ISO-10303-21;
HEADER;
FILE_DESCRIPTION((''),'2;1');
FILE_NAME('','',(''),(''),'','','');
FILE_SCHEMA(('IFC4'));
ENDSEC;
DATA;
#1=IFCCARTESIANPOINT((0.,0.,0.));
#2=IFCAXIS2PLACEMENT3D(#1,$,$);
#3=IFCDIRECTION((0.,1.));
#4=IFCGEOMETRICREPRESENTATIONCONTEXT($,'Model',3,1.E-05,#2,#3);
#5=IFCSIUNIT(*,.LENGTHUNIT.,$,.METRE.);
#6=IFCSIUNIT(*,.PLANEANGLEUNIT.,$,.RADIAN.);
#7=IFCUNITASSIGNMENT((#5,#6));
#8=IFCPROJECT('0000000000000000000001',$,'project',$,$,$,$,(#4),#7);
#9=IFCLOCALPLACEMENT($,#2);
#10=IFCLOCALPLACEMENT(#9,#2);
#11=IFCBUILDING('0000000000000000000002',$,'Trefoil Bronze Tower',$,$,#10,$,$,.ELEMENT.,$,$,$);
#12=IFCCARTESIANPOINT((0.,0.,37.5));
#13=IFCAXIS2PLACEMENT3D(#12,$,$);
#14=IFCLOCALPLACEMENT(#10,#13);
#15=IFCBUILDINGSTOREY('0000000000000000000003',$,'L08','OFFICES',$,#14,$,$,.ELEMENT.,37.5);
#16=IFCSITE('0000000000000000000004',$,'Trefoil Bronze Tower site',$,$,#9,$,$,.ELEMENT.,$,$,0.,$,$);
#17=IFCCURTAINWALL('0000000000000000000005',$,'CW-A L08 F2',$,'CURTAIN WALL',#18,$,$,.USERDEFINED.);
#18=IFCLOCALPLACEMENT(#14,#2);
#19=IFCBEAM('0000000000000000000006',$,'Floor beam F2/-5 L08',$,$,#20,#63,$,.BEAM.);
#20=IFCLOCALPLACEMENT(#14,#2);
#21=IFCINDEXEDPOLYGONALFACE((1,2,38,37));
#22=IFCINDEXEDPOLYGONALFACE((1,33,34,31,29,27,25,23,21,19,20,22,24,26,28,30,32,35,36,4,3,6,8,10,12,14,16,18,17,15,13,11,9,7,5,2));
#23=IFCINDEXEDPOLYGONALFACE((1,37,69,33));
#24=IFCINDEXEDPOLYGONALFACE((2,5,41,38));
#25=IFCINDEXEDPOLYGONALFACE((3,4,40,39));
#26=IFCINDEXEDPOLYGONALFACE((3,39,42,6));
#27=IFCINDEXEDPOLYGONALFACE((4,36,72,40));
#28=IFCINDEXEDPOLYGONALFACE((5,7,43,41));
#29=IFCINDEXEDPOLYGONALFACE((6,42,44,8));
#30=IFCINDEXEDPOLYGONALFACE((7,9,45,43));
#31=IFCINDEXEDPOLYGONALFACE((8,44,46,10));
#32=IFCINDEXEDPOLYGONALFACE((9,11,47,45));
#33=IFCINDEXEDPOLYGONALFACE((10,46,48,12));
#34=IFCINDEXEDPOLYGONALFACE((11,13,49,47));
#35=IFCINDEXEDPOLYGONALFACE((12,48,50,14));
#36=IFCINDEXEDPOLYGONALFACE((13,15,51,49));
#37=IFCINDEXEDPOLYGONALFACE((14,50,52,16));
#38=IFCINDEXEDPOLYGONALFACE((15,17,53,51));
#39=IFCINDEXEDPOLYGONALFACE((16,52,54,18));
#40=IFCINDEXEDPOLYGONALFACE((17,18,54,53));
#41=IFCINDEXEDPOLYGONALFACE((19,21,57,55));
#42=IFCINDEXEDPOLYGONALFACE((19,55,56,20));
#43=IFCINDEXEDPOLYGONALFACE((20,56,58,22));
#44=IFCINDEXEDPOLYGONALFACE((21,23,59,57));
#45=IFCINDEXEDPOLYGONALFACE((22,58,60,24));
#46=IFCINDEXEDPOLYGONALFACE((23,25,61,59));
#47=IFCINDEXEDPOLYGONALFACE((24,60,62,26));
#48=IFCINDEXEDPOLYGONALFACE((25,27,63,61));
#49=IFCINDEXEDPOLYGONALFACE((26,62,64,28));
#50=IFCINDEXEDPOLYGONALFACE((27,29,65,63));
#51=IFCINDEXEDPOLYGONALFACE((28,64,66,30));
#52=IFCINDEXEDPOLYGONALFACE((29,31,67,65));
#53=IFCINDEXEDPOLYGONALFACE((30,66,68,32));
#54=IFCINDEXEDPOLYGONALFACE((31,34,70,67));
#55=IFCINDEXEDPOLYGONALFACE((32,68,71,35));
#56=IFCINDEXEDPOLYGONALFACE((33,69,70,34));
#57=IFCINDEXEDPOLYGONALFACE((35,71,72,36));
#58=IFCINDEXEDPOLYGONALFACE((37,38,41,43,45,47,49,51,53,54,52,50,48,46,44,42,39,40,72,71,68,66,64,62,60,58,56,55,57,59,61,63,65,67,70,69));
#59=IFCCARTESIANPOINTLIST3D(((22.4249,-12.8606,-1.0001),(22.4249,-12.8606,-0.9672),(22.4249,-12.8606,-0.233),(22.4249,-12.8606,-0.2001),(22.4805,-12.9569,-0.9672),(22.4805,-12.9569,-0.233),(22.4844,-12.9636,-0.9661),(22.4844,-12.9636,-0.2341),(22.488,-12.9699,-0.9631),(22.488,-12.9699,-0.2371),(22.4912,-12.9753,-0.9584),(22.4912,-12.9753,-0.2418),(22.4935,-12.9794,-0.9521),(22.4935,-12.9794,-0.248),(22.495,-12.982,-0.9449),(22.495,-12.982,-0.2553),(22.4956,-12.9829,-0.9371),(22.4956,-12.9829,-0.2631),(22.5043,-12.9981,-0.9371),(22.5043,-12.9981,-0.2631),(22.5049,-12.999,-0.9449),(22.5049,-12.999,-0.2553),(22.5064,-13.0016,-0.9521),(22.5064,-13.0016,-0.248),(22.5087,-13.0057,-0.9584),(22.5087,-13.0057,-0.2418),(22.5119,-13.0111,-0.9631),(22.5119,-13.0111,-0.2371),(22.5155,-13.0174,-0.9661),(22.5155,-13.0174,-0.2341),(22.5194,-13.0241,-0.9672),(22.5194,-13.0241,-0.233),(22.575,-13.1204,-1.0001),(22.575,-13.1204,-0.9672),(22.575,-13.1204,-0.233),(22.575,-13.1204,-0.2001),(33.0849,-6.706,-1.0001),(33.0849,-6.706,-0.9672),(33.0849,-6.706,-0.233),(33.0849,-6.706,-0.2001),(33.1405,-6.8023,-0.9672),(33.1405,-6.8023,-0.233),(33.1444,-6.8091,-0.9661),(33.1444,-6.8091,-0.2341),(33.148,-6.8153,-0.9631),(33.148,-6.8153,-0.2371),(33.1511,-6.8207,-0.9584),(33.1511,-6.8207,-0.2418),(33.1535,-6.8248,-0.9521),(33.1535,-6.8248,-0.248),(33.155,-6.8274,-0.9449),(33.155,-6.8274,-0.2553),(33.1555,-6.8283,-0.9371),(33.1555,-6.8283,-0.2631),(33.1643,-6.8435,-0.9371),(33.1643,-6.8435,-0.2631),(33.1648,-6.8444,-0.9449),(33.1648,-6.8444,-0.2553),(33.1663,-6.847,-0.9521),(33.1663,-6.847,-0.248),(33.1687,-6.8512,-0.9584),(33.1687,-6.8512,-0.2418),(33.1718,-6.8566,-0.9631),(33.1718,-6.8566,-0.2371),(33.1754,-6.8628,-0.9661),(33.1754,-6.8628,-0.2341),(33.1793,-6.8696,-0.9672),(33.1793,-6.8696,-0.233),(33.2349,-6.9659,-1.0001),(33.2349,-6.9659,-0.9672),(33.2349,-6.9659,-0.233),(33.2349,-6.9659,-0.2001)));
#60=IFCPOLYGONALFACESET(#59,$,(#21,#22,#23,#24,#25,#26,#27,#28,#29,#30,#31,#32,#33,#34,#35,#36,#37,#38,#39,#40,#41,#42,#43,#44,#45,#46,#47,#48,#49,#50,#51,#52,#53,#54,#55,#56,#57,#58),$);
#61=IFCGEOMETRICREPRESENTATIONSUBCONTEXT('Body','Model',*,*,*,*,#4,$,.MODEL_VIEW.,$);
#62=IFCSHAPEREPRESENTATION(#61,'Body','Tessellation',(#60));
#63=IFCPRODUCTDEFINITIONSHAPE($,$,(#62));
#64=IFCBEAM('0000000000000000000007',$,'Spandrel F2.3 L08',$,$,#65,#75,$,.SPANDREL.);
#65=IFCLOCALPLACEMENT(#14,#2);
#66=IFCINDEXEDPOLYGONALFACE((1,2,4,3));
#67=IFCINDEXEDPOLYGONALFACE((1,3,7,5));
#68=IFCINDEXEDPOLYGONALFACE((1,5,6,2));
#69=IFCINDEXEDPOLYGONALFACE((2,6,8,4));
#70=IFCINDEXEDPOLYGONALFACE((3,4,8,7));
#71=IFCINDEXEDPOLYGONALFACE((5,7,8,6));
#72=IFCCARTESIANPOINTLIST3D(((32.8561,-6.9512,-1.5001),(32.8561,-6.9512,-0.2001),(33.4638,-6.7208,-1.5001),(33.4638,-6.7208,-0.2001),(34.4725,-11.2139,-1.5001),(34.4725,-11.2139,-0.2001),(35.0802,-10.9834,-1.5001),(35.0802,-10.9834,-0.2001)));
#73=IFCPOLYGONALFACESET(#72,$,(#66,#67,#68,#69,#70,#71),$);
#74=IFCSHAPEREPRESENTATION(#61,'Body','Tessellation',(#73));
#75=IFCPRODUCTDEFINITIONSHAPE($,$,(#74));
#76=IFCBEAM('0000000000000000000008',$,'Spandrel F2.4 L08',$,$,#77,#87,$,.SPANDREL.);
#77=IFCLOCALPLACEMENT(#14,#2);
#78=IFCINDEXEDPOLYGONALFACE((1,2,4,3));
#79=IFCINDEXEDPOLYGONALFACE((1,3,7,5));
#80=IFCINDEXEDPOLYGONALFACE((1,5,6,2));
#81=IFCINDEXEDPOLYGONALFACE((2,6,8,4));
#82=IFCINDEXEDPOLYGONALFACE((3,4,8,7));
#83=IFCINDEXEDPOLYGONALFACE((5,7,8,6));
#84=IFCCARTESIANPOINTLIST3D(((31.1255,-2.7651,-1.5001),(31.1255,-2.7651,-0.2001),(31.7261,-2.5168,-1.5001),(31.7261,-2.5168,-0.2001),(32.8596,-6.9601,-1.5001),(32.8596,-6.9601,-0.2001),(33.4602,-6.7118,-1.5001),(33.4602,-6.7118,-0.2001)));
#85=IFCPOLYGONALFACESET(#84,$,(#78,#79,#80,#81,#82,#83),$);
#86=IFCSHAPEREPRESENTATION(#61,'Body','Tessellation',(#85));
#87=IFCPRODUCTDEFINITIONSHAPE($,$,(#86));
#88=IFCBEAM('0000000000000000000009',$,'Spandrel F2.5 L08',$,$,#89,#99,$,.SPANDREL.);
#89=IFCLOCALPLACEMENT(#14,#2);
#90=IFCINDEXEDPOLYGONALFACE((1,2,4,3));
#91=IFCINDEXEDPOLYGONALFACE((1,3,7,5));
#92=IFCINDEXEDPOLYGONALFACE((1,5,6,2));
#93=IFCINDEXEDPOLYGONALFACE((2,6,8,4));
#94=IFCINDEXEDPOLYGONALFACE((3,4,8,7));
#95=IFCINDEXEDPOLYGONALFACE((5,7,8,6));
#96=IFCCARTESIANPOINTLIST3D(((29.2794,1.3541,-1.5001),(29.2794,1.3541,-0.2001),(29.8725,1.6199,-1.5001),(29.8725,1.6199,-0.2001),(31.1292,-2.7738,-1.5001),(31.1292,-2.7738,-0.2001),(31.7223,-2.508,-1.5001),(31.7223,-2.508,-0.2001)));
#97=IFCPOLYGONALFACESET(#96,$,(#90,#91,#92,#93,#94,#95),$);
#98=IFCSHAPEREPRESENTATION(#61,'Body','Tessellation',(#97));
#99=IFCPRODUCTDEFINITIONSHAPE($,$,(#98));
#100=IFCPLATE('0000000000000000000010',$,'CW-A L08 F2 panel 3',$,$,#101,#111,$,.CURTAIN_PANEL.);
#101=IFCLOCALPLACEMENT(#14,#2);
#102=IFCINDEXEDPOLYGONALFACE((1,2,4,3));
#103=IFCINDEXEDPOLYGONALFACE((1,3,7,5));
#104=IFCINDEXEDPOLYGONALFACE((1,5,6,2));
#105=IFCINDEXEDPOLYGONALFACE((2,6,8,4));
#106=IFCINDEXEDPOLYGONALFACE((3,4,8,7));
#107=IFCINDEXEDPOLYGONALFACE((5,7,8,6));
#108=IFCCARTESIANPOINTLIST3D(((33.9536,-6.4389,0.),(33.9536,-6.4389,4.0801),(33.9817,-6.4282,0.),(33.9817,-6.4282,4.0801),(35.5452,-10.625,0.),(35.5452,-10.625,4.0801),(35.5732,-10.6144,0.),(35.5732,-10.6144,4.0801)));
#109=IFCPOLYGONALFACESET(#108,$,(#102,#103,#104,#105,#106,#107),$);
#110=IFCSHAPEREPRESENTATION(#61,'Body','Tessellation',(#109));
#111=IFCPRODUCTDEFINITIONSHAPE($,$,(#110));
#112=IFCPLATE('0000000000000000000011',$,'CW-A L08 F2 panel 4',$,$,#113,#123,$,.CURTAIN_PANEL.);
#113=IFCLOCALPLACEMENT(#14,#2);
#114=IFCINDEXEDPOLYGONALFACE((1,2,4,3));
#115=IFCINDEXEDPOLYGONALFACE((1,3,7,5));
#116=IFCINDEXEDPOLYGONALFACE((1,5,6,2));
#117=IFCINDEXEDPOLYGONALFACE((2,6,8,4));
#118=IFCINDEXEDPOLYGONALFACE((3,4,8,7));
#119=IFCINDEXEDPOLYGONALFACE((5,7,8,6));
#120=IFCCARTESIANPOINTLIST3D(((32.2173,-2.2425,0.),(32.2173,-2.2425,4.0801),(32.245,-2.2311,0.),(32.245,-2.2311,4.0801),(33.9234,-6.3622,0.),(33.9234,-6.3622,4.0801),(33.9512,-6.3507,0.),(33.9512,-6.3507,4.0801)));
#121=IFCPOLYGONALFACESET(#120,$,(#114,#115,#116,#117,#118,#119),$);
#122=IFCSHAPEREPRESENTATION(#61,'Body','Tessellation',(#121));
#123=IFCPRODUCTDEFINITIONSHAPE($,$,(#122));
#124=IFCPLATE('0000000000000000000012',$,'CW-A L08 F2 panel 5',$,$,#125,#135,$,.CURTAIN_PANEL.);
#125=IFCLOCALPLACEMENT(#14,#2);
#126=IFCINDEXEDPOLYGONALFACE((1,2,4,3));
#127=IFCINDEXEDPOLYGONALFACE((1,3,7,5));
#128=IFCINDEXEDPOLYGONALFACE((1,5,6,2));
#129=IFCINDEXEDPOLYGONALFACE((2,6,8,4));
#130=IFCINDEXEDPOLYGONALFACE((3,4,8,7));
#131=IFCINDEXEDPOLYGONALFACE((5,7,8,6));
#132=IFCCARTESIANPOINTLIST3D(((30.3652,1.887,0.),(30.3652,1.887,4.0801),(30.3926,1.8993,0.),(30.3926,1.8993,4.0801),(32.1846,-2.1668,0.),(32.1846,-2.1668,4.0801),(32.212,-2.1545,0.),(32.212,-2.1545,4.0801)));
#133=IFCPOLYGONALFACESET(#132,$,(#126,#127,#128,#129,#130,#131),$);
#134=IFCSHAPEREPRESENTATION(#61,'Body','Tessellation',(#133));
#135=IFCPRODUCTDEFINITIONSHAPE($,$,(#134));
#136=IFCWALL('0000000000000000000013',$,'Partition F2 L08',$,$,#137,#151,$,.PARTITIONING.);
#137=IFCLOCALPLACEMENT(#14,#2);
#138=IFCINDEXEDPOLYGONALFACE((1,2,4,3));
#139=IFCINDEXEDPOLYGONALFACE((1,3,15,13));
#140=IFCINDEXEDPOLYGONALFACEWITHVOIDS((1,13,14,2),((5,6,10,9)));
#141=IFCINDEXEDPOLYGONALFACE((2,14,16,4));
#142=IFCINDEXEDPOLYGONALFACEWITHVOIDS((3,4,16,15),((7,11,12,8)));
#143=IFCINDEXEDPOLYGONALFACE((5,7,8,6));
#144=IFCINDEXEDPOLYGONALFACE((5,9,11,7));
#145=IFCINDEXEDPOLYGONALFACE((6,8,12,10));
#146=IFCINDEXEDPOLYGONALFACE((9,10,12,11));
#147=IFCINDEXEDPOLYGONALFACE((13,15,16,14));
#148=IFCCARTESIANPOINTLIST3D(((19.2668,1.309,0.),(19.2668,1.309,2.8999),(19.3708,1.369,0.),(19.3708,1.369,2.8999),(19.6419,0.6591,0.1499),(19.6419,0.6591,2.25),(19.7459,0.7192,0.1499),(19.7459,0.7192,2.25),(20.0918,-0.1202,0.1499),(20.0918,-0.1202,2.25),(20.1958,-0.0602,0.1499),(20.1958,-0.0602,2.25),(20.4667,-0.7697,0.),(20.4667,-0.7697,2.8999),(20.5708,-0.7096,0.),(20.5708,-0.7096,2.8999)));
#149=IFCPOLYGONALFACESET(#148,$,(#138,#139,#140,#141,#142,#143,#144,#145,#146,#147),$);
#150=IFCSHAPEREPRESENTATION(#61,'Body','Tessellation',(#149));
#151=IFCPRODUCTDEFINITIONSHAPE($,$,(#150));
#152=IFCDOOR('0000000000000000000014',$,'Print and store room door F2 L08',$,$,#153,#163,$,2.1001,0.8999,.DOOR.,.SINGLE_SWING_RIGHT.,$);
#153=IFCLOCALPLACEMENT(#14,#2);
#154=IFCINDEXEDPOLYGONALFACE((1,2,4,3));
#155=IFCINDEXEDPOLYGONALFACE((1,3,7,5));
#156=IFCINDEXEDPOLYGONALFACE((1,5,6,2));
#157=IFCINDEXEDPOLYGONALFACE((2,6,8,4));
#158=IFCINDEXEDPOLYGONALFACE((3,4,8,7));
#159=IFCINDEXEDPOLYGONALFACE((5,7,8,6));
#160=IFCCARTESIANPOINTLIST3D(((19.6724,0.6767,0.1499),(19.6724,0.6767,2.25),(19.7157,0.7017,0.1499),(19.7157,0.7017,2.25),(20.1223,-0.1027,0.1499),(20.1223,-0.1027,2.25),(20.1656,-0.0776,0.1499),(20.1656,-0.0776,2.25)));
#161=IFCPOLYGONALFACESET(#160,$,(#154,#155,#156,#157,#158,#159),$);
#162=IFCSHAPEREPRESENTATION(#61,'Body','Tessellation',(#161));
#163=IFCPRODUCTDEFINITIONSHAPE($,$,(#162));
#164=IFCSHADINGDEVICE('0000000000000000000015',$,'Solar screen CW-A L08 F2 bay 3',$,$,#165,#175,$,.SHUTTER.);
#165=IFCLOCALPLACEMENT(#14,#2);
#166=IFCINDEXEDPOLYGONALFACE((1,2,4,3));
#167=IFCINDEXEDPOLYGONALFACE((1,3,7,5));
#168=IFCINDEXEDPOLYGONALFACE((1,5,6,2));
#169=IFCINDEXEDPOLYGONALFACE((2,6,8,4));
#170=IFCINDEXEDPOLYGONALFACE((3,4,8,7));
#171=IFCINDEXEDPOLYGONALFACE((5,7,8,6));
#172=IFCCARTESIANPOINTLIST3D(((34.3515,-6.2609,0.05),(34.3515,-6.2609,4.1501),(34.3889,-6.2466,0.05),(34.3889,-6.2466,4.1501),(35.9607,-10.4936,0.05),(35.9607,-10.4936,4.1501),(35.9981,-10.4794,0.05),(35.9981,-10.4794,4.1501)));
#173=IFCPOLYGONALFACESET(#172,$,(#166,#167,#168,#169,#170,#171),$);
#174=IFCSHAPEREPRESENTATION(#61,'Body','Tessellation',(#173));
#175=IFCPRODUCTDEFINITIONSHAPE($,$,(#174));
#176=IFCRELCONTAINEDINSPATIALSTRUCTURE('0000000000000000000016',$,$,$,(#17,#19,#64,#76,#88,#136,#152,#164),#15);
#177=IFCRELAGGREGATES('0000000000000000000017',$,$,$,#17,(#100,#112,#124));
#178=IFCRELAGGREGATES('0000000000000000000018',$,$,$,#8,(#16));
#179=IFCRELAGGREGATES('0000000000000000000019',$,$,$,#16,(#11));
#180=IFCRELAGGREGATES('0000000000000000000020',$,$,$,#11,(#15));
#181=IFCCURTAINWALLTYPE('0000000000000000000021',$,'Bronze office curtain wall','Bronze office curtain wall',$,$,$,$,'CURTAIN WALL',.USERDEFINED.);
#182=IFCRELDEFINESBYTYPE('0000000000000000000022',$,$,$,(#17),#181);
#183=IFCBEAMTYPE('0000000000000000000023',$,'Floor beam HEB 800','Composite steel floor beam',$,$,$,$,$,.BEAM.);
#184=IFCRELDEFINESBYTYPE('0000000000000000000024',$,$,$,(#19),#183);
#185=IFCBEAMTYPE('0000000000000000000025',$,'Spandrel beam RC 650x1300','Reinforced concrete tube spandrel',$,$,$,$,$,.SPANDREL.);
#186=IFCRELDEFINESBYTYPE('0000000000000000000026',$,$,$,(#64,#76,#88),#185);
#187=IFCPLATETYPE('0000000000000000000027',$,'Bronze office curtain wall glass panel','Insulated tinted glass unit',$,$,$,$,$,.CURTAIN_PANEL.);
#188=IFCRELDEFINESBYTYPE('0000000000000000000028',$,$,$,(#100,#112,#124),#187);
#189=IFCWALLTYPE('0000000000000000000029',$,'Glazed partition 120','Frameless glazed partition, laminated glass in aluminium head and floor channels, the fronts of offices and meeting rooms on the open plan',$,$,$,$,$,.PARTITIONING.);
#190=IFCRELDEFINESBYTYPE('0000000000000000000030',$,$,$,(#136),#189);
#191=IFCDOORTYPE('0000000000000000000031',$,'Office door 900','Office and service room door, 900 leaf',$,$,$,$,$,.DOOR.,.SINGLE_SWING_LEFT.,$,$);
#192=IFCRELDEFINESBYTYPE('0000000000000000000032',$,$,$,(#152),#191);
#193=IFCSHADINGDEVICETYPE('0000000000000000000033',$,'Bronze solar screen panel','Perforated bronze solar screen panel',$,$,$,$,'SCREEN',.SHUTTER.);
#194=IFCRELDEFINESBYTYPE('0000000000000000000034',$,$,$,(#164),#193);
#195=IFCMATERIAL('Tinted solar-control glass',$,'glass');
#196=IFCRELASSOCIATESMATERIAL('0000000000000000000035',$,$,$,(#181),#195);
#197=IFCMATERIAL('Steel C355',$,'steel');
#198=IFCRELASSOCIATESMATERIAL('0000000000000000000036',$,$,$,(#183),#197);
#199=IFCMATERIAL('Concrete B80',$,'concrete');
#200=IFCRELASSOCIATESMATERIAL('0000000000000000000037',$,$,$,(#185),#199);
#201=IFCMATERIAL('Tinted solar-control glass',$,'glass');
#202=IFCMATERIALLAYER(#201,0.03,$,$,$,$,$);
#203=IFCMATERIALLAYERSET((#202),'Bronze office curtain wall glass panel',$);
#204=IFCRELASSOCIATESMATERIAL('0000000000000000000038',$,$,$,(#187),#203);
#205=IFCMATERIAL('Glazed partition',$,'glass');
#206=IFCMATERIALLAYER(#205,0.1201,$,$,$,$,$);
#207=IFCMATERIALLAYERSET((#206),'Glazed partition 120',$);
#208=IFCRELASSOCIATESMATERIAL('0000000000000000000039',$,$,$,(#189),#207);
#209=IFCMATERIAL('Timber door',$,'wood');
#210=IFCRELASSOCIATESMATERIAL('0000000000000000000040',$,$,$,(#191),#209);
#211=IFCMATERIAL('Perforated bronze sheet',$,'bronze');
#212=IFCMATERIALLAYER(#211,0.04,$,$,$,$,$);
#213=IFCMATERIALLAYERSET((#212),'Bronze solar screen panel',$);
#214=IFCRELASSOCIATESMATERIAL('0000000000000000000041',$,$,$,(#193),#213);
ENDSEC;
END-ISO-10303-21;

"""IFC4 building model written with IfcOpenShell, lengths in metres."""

from ifc_helpers import new_model, si_unit, direction, frame, frame_2d, origin, origin_2d, place, context, subcontext, project, spatial, rectangle, i_section, extrude, material, layer, layer_set, material_profile, profile_set, type_object, element, fill, aggregate, save


model = new_model("IFC4")

# Units and contexts
model_context = context("Model", 3, precision=1e-05, world=origin(), true_north=direction((0.0, 1.0)))
body_context = subcontext(model_context, "Body", "Model", "MODEL_VIEW")
ifc_project = project(units=[si_unit("LENGTHUNIT", "METRE"), si_unit("PLANEANGLEUNIT", "RADIAN")], contexts=[model_context])

# Site, building, storey
site_placement = place(None, origin())
site = spatial("IfcSite", under=ifc_project, at=site_placement, Name="Trefoil Bronze Tower site", CompositionType="ELEMENT", RefElevation=0.0)
building_placement = place(site_placement, origin())
building = spatial("IfcBuilding", under=site, at=building_placement, Name="Trefoil Bronze Tower", CompositionType="ELEMENT")
storey_placement = place(building_placement, frame((0.0, 0.0, 37.5)))
storey = spatial("IfcBuildingStorey", under=building, at=storey_placement, Name="L08", Description="OFFICES", CompositionType="ELEMENT", Elevation=37.5)

# Curtain wall
ifc_material_1 = material(Name="Tinted solar-control glass", Category="glass")
curtain_wall_type = type_object("IfcCurtainWallType", Name="Bronze office curtain wall", Description="Bronze office curtain wall", ElementType="CURTAIN WALL", PredefinedType="USERDEFINED", material=ifc_material_1)
curtain_wall_placement = place(storey_placement, origin())
curtain_wall = element("IfcCurtainWall", 1, at=curtain_wall_placement, inside=storey, type_object=curtain_wall_type, Name="CW-A L08 F2", ObjectType="CURTAIN WALL", PredefinedType="USERDEFINED")

# Beams
ifc_material_2 = material(Name="Steel C355", Category="steel")
ifc_material_profile_1 = material_profile(ifc_material_2, i_section(OverallWidth=0.3, OverallDepth=0.8, WebThickness=0.0176, FlangeThickness=0.033, FilletRadius=0.03, at=origin_2d()), Name="HEB 800")
ifc_profile_set_1 = profile_set([ifc_material_profile_1], Name="Steel C355")
beam_type_1 = type_object("IfcBeamType", Name="Floor beam HEB 800", Description="Composite steel floor beam", PredefinedType="BEAM", material=ifc_profile_set_1)
beam_1_placement = place(storey_placement, frame((33.1599, -6.8359, -0.6001), z_axis=(-0.866024, -0.500002, 0.0), x_axis=(0.500002, -0.866024, 0.0)))
element("IfcBeam", 2, at=beam_1_placement, inside=storey, type_object=beam_type_1, Name="Floor beam F2/-5 L08", PredefinedType="BEAM", context=body_context, shape_type="SweptSolid", body=[
    extrude(i_section(OverallWidth=0.3, OverallDepth=0.8, WebThickness=0.0176, FlangeThickness=0.033, FilletRadius=0.03, at=origin_2d()), origin(), (0.0, 0.0, 1.0), 12.3091),
])
ifc_material_3 = material(Name="Concrete B80", Category="concrete")
ifc_material_profile_2 = material_profile(ifc_material_3, rectangle(XDim=0.6499, YDim=1.3, at=origin_2d()), Name="RC 650x1300")
ifc_profile_set_2 = profile_set([ifc_material_profile_2], Name="Concrete B80")
beam_type_2 = type_object("IfcBeamType", Name="Spandrel beam RC 650x1300", Description="Reinforced concrete tube spandrel", PredefinedType="SPANDREL", material=ifc_profile_set_2)
beam_2_placement = place(storey_placement, frame((34.7764, -11.0986, -0.8501), z_axis=(-0.354572, 0.935029, 0.0), x_axis=(-0.935029, -0.354572, 0.0)))
element("IfcBeam", 3, at=beam_2_placement, inside=storey, type_object=beam_type_2, Name="Spandrel F2.3 L08", PredefinedType="SPANDREL", context=body_context, shape_type="SweptSolid", body=[
    extrude(rectangle(XDim=0.6499, YDim=1.3, at=origin_2d()), origin(), (0.0, 0.0, 1.0), 4.5588),
])
beam_3_placement = place(storey_placement, frame((33.1599, -6.8359, -0.8501), z_axis=(-0.382021, 0.924154, 0.0), x_axis=(-0.924154, -0.382021, 0.0)))
element("IfcBeam", 4, at=beam_3_placement, inside=storey, type_object=beam_type_2, Name="Spandrel F2.4 L08", PredefinedType="SPANDREL", context=body_context, shape_type="SweptSolid", body=[
    extrude(rectangle(XDim=0.6499, YDim=1.3, at=origin_2d()), origin(), (0.0, 0.0, 1.0), 4.5393),
])
beam_4_placement = place(storey_placement, frame((31.4258, -2.6409, -0.8501), z_axis=(-0.408946, 0.912559, 0.0), x_axis=(-0.912559, -0.408946, 0.0)))
element("IfcBeam", 5, at=beam_4_placement, inside=storey, type_object=beam_type_2, Name="Spandrel F2.5 L08", PredefinedType="SPANDREL", context=body_context, shape_type="SweptSolid", body=[
    extrude(rectangle(XDim=0.6499, YDim=1.3, at=origin_2d()), origin(), (0.0, 0.0, 1.0), 4.5234),
])

# Plates
ifc_material_4 = material(Name="Tinted solar-control glass", Category="glass")
ifc_layer_1 = layer(ifc_material_4, 0.03)
ifc_layer_set_1 = layer_set([ifc_layer_1], Name="Bronze office curtain wall glass panel")
plate_type = type_object("IfcPlateType", Name="Bronze office curtain wall glass panel", Description="Insulated tinted glass unit", PredefinedType="CURTAIN_PANEL", material=ifc_layer_set_1)
plate_1_placement = place(storey_placement, frame((34.7634, -8.5266, 0.0), z_axis=(0.0, 0.0, 1.0), x_axis=(-0.355371, 0.934725, 0.0)))
plate_1 = element("IfcPlate", 6, at=plate_1_placement, type_object=plate_type, Name="CW-A L08 F2 panel 3", PredefinedType="CURTAIN_PANEL", context=body_context, shape_type="SweptSolid", body=[
    extrude(rectangle(XDim=4.4785, YDim=0.03, at=origin_2d()), origin(), (0.0, 0.0, 1.0), 4.0801),
])
plate_2_placement = place(storey_placement, frame((33.0842, -4.2966, 0.0), z_axis=(0.0, 0.0, 1.0), x_axis=(-0.38263, 0.923902, 0.0)))
plate_2 = element("IfcPlate", 7, at=plate_2_placement, type_object=plate_type, Name="CW-A L08 F2 panel 4", PredefinedType="CURTAIN_PANEL", context=body_context, shape_type="SweptSolid", body=[
    extrude(rectangle(XDim=4.459, YDim=0.03, at=origin_2d()), origin(), (0.0, 0.0, 1.0), 4.0801),
])
plate_3_placement = place(storey_placement, frame((31.2886, -0.1338, 0.0), z_axis=(0.0, 0.0, 1.0), x_axis=(-0.409456, 0.91233, 0.0)))
plate_3 = element("IfcPlate", 8, at=plate_3_placement, type_object=plate_type, Name="CW-A L08 F2 panel 5", PredefinedType="CURTAIN_PANEL", context=body_context, shape_type="SweptSolid", body=[
    extrude(rectangle(XDim=4.4434, YDim=0.03, at=origin_2d()), origin(), (0.0, 0.0, 1.0), 4.0801),
])
aggregate(curtain_wall, [plate_1, plate_2, plate_3])

# Wall, opening, door
ifc_material_5 = material(Name="Glazed partition", Category="glass")
ifc_layer_2 = layer(ifc_material_5, 0.1201)
ifc_layer_set_2 = layer_set([ifc_layer_2], Name="Glazed partition 120")
wall_type = type_object("IfcWallType", Name="Glazed partition 120", Description="Frameless glazed partition, laminated glass in aluminium head and floor channels, the fronts of offices and meeting rooms on the open plan", PredefinedType="PARTITIONING", material=ifc_layer_set_2)
wall_placement = place(storey_placement, frame((20.5188, -0.7397, 0.0), z_axis=(0.0, 0.0, 1.0), x_axis=(-0.499957, 0.86605, 0.0)))
wall = element("IfcWall", 9, at=wall_placement, inside=storey, type_object=wall_type, Name="Partition F2 L08", PredefinedType="PARTITIONING", context=body_context, shape_type="SweptSolid", body=[
    extrude(rectangle(XDim=2.4001, YDim=0.1201, at=frame_2d((1.2002, 0.0))), origin(), (0.0, 0.0, 1.0), 2.8999),
])
opening_placement = place(wall_placement, frame((0.75, 0.0, 0.1499)))
opening = element("IfcOpeningElement", 10, at=opening_placement, cuts=wall, PredefinedType="OPENING", context=body_context, shape_type="SweptSolid", body=[
    extrude(rectangle(XDim=0.8999, YDim=2.1001, at=frame_2d((0.45, 1.05))), frame((0.0, 0.0701, 0.0), z_axis=(0.0, -1.0, 0.0), x_axis=(1.0, 0.0, 0.0)), (0.0, 0.0, 1.0), 0.1401),
])
ifc_material_6 = material(Name="Timber door", Category="wood")
door_type = type_object("IfcDoorType", Name="Office door 900", Description="Office and service room door, 900 leaf", OperationType="SINGLE_SWING_LEFT", PredefinedType="DOOR", material=ifc_material_6)
door_placement = place(opening_placement, origin())
door = element("IfcDoor", 11, at=door_placement, inside=storey, type_object=door_type, Name="Print and store room door F2 L08", OperationType="SINGLE_SWING_RIGHT", OverallHeight=2.1001, OverallWidth=0.8999, PredefinedType="DOOR", context=body_context, shape_type="SweptSolid", body=[
    extrude(rectangle(XDim=0.8999, YDim=2.1001, at=frame_2d((0.45, 1.05))), frame((0.0, 0.0249, 0.0), z_axis=(0.0, -1.0, 0.0), x_axis=(1.0, 0.0, 0.0)), (0.0, 0.0, 1.0), 0.05),
])
fill(opening, door)

# Shading device
ifc_material_7 = material(Name="Perforated bronze sheet", Category="bronze")
ifc_layer_3 = layer(ifc_material_7, 0.04)
ifc_layer_set_3 = layer_set([ifc_layer_3], Name="Bronze solar screen panel")
shading_device_type = type_object("IfcShadingDeviceType", Name="Bronze solar screen panel", Description="Perforated bronze solar screen panel", ElementType="SCREEN", PredefinedType="SHUTTER", material=ifc_layer_set_3)
shading_device_1_placement = place(storey_placement, frame((35.1748, -8.3701, 0.05), z_axis=(0.0, 0.0, 1.0), x_axis=(-0.355371, 0.934725, 0.0)))
element("IfcShadingDevice", 12, at=shading_device_1_placement, inside=storey, type_object=shading_device_type, Name="Solar screen CW-A L08 F2 bay 3", PredefinedType="SHUTTER", context=body_context, shape_type="SweptSolid", body=[
    extrude(rectangle(XDim=4.5283, YDim=0.04, at=origin_2d()), origin(), (0.0, 0.0, 1.0), 4.1001),
])

save(model, "model.ifc")
